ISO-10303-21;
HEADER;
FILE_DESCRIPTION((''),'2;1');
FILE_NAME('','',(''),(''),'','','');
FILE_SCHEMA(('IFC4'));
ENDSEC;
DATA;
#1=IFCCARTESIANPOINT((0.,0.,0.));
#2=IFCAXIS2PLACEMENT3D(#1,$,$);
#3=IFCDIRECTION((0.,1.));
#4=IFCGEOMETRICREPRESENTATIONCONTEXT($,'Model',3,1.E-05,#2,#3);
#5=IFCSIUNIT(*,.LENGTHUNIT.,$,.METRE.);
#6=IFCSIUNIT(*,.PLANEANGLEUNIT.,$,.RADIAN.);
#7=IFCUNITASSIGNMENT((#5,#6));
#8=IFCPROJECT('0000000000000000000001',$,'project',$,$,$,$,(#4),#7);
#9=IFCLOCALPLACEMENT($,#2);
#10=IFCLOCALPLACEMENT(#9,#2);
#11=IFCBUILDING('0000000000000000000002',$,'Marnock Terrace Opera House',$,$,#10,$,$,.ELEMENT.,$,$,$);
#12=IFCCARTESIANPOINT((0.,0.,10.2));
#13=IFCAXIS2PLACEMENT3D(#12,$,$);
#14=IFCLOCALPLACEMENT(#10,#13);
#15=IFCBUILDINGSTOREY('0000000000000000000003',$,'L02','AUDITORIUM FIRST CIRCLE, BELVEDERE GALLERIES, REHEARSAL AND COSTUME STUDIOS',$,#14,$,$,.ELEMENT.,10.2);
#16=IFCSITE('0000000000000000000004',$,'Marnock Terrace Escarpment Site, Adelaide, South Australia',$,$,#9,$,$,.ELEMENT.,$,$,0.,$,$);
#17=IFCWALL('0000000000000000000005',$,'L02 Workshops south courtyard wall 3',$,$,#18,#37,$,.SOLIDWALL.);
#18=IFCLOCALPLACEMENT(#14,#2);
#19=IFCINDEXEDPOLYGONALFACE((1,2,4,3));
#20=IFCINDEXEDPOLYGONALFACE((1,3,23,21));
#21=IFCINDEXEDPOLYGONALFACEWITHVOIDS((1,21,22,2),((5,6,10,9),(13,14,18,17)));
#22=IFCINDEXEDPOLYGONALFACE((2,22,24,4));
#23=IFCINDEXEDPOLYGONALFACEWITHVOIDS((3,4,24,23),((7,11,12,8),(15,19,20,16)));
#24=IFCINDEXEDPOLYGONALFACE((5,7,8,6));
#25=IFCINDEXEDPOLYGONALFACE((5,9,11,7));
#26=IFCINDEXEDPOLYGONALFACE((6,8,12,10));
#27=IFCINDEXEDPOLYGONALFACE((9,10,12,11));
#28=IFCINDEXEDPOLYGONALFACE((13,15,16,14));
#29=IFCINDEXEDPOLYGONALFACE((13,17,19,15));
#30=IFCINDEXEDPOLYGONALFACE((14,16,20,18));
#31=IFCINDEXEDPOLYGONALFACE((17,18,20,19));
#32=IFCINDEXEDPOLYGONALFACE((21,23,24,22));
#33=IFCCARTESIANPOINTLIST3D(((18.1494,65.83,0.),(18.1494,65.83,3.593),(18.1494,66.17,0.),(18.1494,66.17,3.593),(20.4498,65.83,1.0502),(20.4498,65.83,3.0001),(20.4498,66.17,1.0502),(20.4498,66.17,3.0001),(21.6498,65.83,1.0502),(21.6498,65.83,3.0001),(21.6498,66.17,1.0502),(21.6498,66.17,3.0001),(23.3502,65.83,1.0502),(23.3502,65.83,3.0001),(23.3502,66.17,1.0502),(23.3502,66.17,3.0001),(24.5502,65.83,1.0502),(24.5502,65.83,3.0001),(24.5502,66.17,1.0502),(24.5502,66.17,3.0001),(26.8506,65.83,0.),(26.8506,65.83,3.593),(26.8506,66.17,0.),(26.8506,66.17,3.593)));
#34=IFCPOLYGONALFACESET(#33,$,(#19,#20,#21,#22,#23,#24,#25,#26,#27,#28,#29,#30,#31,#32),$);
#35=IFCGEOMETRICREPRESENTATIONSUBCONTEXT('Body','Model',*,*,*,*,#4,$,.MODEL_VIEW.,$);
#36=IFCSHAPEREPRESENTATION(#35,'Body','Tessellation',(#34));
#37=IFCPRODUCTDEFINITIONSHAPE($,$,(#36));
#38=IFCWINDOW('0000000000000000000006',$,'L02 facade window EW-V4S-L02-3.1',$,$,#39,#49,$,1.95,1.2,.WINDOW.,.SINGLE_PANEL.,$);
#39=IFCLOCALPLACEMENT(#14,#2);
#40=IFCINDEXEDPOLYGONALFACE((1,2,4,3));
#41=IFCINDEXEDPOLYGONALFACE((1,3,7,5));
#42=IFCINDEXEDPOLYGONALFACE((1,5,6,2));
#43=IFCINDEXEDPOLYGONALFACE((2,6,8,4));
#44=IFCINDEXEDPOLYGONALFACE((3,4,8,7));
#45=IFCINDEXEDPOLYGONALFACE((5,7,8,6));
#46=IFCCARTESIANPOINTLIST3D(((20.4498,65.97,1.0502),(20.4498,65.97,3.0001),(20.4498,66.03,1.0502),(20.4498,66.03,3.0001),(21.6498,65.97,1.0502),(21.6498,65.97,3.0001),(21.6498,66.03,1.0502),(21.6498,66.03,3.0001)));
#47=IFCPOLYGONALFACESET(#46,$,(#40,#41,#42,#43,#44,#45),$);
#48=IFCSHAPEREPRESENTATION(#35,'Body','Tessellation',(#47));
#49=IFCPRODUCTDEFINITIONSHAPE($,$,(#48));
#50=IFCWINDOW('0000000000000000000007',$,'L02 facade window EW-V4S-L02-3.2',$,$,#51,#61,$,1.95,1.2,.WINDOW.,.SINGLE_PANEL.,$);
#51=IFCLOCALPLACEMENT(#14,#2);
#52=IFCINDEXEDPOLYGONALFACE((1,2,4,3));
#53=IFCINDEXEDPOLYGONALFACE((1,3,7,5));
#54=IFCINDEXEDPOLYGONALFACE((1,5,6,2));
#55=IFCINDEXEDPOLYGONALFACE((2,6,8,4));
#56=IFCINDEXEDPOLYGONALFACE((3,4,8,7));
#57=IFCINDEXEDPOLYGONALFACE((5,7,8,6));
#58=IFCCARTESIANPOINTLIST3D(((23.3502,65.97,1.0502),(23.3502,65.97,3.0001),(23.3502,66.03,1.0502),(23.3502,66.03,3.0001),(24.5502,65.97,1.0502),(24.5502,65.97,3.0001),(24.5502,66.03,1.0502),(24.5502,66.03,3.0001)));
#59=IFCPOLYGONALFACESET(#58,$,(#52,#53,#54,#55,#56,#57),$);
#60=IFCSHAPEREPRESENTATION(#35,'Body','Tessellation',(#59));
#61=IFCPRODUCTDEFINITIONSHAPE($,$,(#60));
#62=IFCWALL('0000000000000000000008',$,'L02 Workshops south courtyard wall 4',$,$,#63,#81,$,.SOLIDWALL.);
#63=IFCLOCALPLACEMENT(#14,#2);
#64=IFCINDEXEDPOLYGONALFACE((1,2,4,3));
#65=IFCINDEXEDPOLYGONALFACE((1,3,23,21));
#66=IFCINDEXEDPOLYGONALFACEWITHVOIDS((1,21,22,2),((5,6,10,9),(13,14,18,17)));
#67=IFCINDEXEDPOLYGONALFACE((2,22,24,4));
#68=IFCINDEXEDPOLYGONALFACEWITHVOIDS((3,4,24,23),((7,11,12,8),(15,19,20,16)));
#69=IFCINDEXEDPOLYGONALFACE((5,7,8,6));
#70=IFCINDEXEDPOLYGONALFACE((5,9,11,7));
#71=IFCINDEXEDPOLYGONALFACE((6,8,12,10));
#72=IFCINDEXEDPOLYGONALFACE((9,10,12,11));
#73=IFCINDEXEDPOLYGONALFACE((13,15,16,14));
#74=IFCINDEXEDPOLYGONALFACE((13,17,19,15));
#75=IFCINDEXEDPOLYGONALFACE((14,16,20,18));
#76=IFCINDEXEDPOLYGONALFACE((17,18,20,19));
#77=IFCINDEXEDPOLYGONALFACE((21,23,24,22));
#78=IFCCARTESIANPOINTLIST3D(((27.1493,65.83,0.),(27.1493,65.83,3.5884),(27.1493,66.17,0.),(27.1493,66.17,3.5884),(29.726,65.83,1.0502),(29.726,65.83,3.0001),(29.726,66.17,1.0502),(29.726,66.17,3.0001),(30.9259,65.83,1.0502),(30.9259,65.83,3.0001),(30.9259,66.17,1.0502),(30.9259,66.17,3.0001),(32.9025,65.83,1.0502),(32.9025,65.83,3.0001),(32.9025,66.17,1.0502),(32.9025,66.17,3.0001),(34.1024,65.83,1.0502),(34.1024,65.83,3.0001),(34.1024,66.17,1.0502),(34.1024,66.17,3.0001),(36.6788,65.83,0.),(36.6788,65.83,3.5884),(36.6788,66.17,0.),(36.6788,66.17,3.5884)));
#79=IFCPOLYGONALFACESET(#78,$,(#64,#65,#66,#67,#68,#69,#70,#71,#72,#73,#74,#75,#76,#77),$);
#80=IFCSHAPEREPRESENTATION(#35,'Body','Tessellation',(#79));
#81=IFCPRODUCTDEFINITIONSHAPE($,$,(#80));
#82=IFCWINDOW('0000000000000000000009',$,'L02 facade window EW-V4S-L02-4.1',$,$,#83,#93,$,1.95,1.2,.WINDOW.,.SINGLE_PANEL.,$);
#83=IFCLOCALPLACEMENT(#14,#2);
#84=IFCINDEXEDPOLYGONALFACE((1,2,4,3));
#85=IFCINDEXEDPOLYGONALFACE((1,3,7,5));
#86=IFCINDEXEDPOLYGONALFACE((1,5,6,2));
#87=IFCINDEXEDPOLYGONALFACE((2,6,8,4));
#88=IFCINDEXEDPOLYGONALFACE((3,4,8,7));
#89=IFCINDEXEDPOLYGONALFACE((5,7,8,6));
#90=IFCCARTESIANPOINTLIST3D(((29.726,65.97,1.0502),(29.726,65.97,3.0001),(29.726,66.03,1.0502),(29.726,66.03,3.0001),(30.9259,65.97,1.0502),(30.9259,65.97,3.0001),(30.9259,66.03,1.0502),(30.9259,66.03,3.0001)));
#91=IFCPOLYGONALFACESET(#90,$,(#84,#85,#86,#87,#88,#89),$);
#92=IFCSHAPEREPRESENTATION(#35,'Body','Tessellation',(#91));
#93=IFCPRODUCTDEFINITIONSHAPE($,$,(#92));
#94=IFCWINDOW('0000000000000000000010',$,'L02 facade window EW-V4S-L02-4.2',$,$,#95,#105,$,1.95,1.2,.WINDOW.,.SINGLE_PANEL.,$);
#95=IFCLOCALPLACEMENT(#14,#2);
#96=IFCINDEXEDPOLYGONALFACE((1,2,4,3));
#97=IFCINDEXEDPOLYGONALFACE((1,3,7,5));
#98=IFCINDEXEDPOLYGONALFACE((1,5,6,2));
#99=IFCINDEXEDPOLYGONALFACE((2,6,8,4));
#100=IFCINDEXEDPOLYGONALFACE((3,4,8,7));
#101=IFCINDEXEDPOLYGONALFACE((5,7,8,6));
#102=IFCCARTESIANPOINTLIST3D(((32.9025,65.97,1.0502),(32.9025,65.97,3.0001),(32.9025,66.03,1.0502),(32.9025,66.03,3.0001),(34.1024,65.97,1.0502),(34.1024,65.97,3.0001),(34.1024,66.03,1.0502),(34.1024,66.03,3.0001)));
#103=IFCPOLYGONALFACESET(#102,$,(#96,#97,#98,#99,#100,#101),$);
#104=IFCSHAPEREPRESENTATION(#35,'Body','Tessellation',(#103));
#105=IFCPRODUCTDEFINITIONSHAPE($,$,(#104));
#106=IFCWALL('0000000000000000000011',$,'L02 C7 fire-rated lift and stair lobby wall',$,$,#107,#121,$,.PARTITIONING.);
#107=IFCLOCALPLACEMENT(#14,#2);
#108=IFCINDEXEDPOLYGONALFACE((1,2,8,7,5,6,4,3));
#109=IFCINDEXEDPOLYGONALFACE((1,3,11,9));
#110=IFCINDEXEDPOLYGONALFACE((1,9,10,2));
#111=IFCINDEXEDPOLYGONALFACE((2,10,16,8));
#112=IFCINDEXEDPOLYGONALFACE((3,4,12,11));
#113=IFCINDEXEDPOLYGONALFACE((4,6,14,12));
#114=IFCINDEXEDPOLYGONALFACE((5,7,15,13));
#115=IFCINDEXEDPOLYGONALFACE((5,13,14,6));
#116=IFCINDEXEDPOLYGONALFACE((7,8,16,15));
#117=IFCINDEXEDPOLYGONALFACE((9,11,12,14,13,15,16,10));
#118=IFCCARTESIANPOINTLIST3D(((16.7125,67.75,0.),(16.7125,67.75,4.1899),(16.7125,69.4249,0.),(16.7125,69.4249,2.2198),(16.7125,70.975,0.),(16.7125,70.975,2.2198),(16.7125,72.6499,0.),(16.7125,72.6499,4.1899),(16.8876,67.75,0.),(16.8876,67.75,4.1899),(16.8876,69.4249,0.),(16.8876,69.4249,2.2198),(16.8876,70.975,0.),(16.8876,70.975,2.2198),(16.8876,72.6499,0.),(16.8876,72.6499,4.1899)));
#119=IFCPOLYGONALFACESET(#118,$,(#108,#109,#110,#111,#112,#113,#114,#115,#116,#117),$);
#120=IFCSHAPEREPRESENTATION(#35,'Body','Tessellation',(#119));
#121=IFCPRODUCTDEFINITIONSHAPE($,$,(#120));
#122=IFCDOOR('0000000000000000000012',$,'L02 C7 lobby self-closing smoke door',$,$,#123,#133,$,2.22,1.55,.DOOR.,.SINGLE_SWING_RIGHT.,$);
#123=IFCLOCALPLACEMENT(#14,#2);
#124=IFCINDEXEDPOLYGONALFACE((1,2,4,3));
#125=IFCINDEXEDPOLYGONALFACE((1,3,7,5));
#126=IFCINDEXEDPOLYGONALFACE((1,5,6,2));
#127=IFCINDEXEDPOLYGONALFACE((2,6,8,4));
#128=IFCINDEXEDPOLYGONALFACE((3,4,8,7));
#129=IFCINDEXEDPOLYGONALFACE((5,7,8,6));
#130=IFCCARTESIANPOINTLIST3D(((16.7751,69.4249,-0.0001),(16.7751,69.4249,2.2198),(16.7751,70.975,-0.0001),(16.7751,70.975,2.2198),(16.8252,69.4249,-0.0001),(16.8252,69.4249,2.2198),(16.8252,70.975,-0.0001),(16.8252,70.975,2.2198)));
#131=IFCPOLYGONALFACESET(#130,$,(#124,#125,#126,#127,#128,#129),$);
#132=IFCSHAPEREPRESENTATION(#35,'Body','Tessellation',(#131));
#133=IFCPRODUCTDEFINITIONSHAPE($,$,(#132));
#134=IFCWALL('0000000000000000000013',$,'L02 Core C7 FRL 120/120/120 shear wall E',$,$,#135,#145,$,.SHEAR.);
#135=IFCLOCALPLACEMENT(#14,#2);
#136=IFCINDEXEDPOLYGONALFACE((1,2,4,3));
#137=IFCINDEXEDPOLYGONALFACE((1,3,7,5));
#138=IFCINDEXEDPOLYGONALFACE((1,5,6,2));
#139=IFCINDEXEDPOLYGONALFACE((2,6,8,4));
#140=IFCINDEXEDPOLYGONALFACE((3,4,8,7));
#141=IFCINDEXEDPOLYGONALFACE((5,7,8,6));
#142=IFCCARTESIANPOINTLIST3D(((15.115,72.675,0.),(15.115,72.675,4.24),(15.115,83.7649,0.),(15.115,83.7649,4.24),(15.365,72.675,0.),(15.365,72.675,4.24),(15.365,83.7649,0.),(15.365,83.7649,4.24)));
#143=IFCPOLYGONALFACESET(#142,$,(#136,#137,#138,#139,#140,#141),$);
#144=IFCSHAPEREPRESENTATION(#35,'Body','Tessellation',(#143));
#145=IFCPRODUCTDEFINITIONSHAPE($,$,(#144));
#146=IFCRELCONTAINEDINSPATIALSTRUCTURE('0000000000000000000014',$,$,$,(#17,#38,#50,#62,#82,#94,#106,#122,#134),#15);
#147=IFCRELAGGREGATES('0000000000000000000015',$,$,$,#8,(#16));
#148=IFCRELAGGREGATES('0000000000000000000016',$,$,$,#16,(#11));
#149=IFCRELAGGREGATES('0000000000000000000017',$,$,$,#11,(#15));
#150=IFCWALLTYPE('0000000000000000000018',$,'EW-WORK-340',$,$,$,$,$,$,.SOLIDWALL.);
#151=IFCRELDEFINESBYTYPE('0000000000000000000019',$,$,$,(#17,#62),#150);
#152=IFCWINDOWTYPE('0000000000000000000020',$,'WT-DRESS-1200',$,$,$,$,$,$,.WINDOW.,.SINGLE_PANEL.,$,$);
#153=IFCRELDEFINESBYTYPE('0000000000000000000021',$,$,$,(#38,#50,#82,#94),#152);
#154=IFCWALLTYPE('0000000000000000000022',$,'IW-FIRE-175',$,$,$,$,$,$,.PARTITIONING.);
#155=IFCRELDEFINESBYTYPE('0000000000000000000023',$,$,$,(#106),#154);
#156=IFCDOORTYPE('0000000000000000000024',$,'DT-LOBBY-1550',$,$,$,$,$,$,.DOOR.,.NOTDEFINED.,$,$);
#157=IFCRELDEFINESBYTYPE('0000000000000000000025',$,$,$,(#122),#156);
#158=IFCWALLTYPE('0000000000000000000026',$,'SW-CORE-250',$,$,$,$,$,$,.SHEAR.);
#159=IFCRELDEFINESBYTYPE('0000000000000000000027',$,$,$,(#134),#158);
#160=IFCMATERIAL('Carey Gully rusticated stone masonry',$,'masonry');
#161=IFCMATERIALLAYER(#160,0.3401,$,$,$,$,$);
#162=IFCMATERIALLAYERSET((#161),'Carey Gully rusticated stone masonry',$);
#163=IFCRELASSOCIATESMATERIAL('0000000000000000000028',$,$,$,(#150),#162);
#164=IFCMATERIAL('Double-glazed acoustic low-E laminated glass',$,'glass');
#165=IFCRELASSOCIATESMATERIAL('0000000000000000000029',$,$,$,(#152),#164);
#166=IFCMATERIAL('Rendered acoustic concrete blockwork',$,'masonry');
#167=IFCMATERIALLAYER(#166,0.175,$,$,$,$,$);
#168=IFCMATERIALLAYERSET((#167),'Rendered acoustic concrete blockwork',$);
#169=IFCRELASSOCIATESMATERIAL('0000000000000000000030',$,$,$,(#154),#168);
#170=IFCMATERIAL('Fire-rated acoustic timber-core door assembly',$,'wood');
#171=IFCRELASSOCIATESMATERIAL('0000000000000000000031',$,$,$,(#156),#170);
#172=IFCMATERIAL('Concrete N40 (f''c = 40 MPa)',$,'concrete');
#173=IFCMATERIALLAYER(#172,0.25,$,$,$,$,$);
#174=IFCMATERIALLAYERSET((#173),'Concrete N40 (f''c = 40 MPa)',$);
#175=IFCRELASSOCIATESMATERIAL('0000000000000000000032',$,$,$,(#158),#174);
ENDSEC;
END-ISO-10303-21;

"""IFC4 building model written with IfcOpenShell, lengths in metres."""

from ifc_helpers import new_model, si_unit, direction, frame, frame_2d, origin, place, context, subcontext, project, spatial, rectangle, extrude, material, layer, layer_set, type_object, element, fill, save


model = new_model("IFC4")

# Units and contexts
model_context = context("Model", 3, precision=1e-05, world=origin(), true_north=direction((0.0, 1.0)))
body_context = subcontext(model_context, "Body", "Model", "MODEL_VIEW")
ifc_project = project(units=[si_unit("LENGTHUNIT", "METRE"), si_unit("PLANEANGLEUNIT", "RADIAN")], contexts=[model_context])

# Site, building, storey
site_placement = place(None, origin())
site = spatial("IfcSite", under=ifc_project, at=site_placement, Name="Marnock Terrace Escarpment Site, Adelaide, South Australia", CompositionType="ELEMENT", RefElevation=0.0)
building_placement = place(site_placement, origin())
building = spatial("IfcBuilding", under=site, at=building_placement, Name="Marnock Terrace Opera House", CompositionType="ELEMENT")
storey_placement = place(building_placement, frame((0.0, 0.0, 10.2)))
storey = spatial("IfcBuildingStorey", under=building, at=storey_placement, Name="L02", Description="AUDITORIUM FIRST CIRCLE, BELVEDERE GALLERIES, REHEARSAL AND COSTUME STUDIOS", CompositionType="ELEMENT", Elevation=10.2)

# Walls, openings, windows
ifc_material_1 = material(Name="Carey Gully rusticated stone masonry", Category="masonry")
ifc_layer_1 = layer(ifc_material_1, 0.3401)
ifc_layer_set_1 = layer_set([ifc_layer_1], Name="Carey Gully rusticated stone masonry")
wall_type_1 = type_object("IfcWallType", Name="EW-WORK-340", PredefinedType="SOLIDWALL", material=ifc_layer_set_1)
wall_1_placement = place(storey_placement, frame((18.1494, 66.0, 0.0), z_axis=(0.0, 0.0, 1.0), x_axis=(1.0, 0.0, 0.0)))
wall_1 = element("IfcWall", 1, at=wall_1_placement, inside=storey, type_object=wall_type_1, Name="L02 Workshops south courtyard wall 3", PredefinedType="SOLIDWALL", context=body_context, shape_type="SweptSolid", body=[
    extrude(rectangle(XDim=8.7012, YDim=0.3401, at=frame_2d((4.3506, 0.0))), origin(), (0.0, 0.0, 1.0), 3.593),
])
opening_1_placement = place(wall_1_placement, frame((2.3003, 0.0, 1.05)))
opening_1 = element("IfcOpeningElement", 2, at=opening_1_placement, cuts=wall_1, PredefinedType="OPENING", context=body_context, shape_type="SweptSolid", body=[
    extrude(rectangle(XDim=1.2, YDim=1.95, at=frame_2d((0.6001, 0.9751))), frame((0.0, 0.1799, 0.0), z_axis=(0.0, -1.0, 0.0), x_axis=(1.0, 0.0, 0.0)), (0.0, 0.0, 1.0), 0.3601),
])
opening_2_placement = place(wall_1_placement, frame((5.2007, 0.0, 1.05)))
opening_2 = element("IfcOpeningElement", 3, at=opening_2_placement, cuts=wall_1, PredefinedType="OPENING", context=body_context, shape_type="SweptSolid", body=[
    extrude(rectangle(XDim=1.2, YDim=1.95, at=frame_2d((0.6001, 0.9751))), frame((0.0, 0.1799, 0.0), z_axis=(0.0, -1.0, 0.0), x_axis=(1.0, 0.0, 0.0)), (0.0, 0.0, 1.0), 0.3601),
])
ifc_material_2 = material(Name="Double-glazed acoustic low-E laminated glass", Category="glass")
window_type = type_object("IfcWindowType", Name="WT-DRESS-1200", PartitioningType="SINGLE_PANEL", PredefinedType="WINDOW", material=ifc_material_2)
window_1_placement = place(opening_1_placement, origin())
window_1 = element("IfcWindow", 4, at=window_1_placement, inside=storey, type_object=window_type, Name="L02 facade window EW-V4S-L02-3.1", OverallHeight=1.95, OverallWidth=1.2, PartitioningType="SINGLE_PANEL", PredefinedType="WINDOW", context=body_context, shape_type="SweptSolid", body=[
    extrude(rectangle(XDim=1.2, YDim=1.95, at=frame_2d((0.6001, 0.9751))), frame((0.0, 0.03, 0.0), z_axis=(0.0, -1.0, 0.0), x_axis=(1.0, 0.0, 0.0)), (0.0, 0.0, 1.0), 0.0601),
])
fill(opening_1, window_1)
window_2_placement = place(opening_2_placement, origin())
window_2 = element("IfcWindow", 5, at=window_2_placement, inside=storey, type_object=window_type, Name="L02 facade window EW-V4S-L02-3.2", OverallHeight=1.95, OverallWidth=1.2, PartitioningType="SINGLE_PANEL", PredefinedType="WINDOW", context=body_context, shape_type="SweptSolid", body=[
    extrude(rectangle(XDim=1.2, YDim=1.95, at=frame_2d((0.6001, 0.9751))), frame((0.0, 0.03, 0.0), z_axis=(0.0, -1.0, 0.0), x_axis=(1.0, 0.0, 0.0)), (0.0, 0.0, 1.0), 0.0601),
])
fill(opening_2, window_2)
wall_2_placement = place(storey_placement, frame((27.1494, 66.0, 0.0), z_axis=(0.0, 0.0, 1.0), x_axis=(1.0, 0.0, 0.0)))
wall_2 = element("IfcWall", 6, at=wall_2_placement, inside=storey, type_object=wall_type_1, Name="L02 Workshops south courtyard wall 4", PredefinedType="SOLIDWALL", context=body_context, shape_type="SweptSolid", body=[
    extrude(rectangle(XDim=9.5295, YDim=0.3401, at=frame_2d((4.7646, 0.0))), origin(), (0.0, 0.0, 1.0), 3.5884),
])
opening_3_placement = place(wall_2_placement, frame((2.5764, 0.0, 1.05)))
opening_3 = element("IfcOpeningElement", 7, at=opening_3_placement, cuts=wall_2, PredefinedType="OPENING", context=body_context, shape_type="SweptSolid", body=[
    extrude(rectangle(XDim=1.2, YDim=1.95, at=frame_2d((0.6001, 0.9751))), frame((0.0, 0.1799, 0.0), z_axis=(0.0, -1.0, 0.0), x_axis=(1.0, 0.0, 0.0)), (0.0, 0.0, 1.0), 0.3601),
])
opening_4_placement = place(wall_2_placement, frame((5.7529, 0.0, 1.05)))
opening_4 = element("IfcOpeningElement", 8, at=opening_4_placement, cuts=wall_2, PredefinedType="OPENING", context=body_context, shape_type="SweptSolid", body=[
    extrude(rectangle(XDim=1.2, YDim=1.95, at=frame_2d((0.6001, 0.9751))), frame((0.0, 0.1799, 0.0), z_axis=(0.0, -1.0, 0.0), x_axis=(1.0, 0.0, 0.0)), (0.0, 0.0, 1.0), 0.3601),
])
window_3_placement = place(opening_3_placement, origin())
window_3 = element("IfcWindow", 9, at=window_3_placement, inside=storey, type_object=window_type, Name="L02 facade window EW-V4S-L02-4.1", OverallHeight=1.95, OverallWidth=1.2, PartitioningType="SINGLE_PANEL", PredefinedType="WINDOW", context=body_context, shape_type="SweptSolid", body=[
    extrude(rectangle(XDim=1.2, YDim=1.95, at=frame_2d((0.6001, 0.9751))), frame((0.0, 0.03, 0.0), z_axis=(0.0, -1.0, 0.0), x_axis=(1.0, 0.0, 0.0)), (0.0, 0.0, 1.0), 0.0601),
])
fill(opening_3, window_3)
window_4_placement = place(opening_4_placement, origin())
window_4 = element("IfcWindow", 10, at=window_4_placement, inside=storey, type_object=window_type, Name="L02 facade window EW-V4S-L02-4.2", OverallHeight=1.95, OverallWidth=1.2, PartitioningType="SINGLE_PANEL", PredefinedType="WINDOW", context=body_context, shape_type="SweptSolid", body=[
    extrude(rectangle(XDim=1.2, YDim=1.95, at=frame_2d((0.6001, 0.9751))), frame((0.0, 0.03, 0.0), z_axis=(0.0, -1.0, 0.0), x_axis=(1.0, 0.0, 0.0)), (0.0, 0.0, 1.0), 0.0601),
])
fill(opening_4, window_4)

# Wall, opening, door
ifc_material_3 = material(Name="Rendered acoustic concrete blockwork", Category="masonry")
ifc_layer_2 = layer(ifc_material_3, 0.175)
ifc_layer_set_2 = layer_set([ifc_layer_2], Name="Rendered acoustic concrete blockwork")
wall_type_2 = type_object("IfcWallType", Name="IW-FIRE-175", PredefinedType="PARTITIONING", material=ifc_layer_set_2)
wall_3_placement = place(storey_placement, frame((16.8, 67.75, 0.0), z_axis=(0.0, 0.0, 1.0), x_axis=(0.0, 1.0, 0.0)))
wall_3 = element("IfcWall", 11, at=wall_3_placement, inside=storey, type_object=wall_type_2, Name="L02 C7 fire-rated lift and stair lobby wall", PredefinedType="PARTITIONING", context=body_context, shape_type="SweptSolid", body=[
    extrude(rectangle(XDim=4.8999, YDim=0.175, at=frame_2d((2.45, 0.0))), origin(), (0.0, 0.0, 1.0), 4.1899),
])
opening_5_placement = place(wall_3_placement, frame((1.675, 0.0, 0.0)))
opening_5 = element("IfcOpeningElement", 12, at=opening_5_placement, cuts=wall_3, PredefinedType="OPENING", context=body_context, shape_type="SweptSolid", body=[
    extrude(rectangle(XDim=1.55, YDim=2.22, at=frame_2d((0.7749, 1.1099))), frame((0.0, 0.0974, 0.0), z_axis=(0.0, -1.0, 0.0), x_axis=(1.0, 0.0, 0.0)), (0.0, 0.0, 1.0), 0.1951),
])
ifc_material_4 = material(Name="Fire-rated acoustic timber-core door assembly", Category="wood")
door_type = type_object("IfcDoorType", Name="DT-LOBBY-1550", OperationType="NOTDEFINED", PredefinedType="DOOR", material=ifc_material_4)
door_placement = place(opening_5_placement, origin())
door = element("IfcDoor", 13, at=door_placement, inside=storey, type_object=door_type, Name="L02 C7 lobby self-closing smoke door", OperationType="SINGLE_SWING_RIGHT", OverallHeight=2.22, OverallWidth=1.55, PredefinedType="DOOR", context=body_context, shape_type="SweptSolid", body=[
    extrude(rectangle(XDim=1.55, YDim=2.22, at=frame_2d((0.7749, 1.1099))), frame((0.0, 0.0249, 0.0), z_axis=(0.0, -1.0, 0.0), x_axis=(1.0, 0.0, 0.0)), (0.0, 0.0, 1.0), 0.05),
])
fill(opening_5, door)

# Wall
ifc_material_5 = material(Name="Concrete N40 (f'c = 40 MPa)", Category="concrete")
ifc_layer_3 = layer(ifc_material_5, 0.25)
ifc_layer_set_3 = layer_set([ifc_layer_3], Name="Concrete N40 (f'c = 40 MPa)")
wall_type_3 = type_object("IfcWallType", Name="SW-CORE-250", PredefinedType="SHEAR", material=ifc_layer_set_3)
wall_4_placement = place(storey_placement, frame((15.24, 72.675, 0.0), z_axis=(0.0, 0.0, 1.0), x_axis=(0.0, 1.0, 0.0)))
element("IfcWall", 14, at=wall_4_placement, inside=storey, type_object=wall_type_3, Name="L02 Core C7 FRL 120/120/120 shear wall E", PredefinedType="SHEAR", context=body_context, shape_type="SweptSolid", body=[
    extrude(rectangle(XDim=11.0898, YDim=0.25, at=frame_2d((5.5449, 0.0))), origin(), (0.0, 0.0, 1.0), 4.24),
])

save(model, "model.ifc")
